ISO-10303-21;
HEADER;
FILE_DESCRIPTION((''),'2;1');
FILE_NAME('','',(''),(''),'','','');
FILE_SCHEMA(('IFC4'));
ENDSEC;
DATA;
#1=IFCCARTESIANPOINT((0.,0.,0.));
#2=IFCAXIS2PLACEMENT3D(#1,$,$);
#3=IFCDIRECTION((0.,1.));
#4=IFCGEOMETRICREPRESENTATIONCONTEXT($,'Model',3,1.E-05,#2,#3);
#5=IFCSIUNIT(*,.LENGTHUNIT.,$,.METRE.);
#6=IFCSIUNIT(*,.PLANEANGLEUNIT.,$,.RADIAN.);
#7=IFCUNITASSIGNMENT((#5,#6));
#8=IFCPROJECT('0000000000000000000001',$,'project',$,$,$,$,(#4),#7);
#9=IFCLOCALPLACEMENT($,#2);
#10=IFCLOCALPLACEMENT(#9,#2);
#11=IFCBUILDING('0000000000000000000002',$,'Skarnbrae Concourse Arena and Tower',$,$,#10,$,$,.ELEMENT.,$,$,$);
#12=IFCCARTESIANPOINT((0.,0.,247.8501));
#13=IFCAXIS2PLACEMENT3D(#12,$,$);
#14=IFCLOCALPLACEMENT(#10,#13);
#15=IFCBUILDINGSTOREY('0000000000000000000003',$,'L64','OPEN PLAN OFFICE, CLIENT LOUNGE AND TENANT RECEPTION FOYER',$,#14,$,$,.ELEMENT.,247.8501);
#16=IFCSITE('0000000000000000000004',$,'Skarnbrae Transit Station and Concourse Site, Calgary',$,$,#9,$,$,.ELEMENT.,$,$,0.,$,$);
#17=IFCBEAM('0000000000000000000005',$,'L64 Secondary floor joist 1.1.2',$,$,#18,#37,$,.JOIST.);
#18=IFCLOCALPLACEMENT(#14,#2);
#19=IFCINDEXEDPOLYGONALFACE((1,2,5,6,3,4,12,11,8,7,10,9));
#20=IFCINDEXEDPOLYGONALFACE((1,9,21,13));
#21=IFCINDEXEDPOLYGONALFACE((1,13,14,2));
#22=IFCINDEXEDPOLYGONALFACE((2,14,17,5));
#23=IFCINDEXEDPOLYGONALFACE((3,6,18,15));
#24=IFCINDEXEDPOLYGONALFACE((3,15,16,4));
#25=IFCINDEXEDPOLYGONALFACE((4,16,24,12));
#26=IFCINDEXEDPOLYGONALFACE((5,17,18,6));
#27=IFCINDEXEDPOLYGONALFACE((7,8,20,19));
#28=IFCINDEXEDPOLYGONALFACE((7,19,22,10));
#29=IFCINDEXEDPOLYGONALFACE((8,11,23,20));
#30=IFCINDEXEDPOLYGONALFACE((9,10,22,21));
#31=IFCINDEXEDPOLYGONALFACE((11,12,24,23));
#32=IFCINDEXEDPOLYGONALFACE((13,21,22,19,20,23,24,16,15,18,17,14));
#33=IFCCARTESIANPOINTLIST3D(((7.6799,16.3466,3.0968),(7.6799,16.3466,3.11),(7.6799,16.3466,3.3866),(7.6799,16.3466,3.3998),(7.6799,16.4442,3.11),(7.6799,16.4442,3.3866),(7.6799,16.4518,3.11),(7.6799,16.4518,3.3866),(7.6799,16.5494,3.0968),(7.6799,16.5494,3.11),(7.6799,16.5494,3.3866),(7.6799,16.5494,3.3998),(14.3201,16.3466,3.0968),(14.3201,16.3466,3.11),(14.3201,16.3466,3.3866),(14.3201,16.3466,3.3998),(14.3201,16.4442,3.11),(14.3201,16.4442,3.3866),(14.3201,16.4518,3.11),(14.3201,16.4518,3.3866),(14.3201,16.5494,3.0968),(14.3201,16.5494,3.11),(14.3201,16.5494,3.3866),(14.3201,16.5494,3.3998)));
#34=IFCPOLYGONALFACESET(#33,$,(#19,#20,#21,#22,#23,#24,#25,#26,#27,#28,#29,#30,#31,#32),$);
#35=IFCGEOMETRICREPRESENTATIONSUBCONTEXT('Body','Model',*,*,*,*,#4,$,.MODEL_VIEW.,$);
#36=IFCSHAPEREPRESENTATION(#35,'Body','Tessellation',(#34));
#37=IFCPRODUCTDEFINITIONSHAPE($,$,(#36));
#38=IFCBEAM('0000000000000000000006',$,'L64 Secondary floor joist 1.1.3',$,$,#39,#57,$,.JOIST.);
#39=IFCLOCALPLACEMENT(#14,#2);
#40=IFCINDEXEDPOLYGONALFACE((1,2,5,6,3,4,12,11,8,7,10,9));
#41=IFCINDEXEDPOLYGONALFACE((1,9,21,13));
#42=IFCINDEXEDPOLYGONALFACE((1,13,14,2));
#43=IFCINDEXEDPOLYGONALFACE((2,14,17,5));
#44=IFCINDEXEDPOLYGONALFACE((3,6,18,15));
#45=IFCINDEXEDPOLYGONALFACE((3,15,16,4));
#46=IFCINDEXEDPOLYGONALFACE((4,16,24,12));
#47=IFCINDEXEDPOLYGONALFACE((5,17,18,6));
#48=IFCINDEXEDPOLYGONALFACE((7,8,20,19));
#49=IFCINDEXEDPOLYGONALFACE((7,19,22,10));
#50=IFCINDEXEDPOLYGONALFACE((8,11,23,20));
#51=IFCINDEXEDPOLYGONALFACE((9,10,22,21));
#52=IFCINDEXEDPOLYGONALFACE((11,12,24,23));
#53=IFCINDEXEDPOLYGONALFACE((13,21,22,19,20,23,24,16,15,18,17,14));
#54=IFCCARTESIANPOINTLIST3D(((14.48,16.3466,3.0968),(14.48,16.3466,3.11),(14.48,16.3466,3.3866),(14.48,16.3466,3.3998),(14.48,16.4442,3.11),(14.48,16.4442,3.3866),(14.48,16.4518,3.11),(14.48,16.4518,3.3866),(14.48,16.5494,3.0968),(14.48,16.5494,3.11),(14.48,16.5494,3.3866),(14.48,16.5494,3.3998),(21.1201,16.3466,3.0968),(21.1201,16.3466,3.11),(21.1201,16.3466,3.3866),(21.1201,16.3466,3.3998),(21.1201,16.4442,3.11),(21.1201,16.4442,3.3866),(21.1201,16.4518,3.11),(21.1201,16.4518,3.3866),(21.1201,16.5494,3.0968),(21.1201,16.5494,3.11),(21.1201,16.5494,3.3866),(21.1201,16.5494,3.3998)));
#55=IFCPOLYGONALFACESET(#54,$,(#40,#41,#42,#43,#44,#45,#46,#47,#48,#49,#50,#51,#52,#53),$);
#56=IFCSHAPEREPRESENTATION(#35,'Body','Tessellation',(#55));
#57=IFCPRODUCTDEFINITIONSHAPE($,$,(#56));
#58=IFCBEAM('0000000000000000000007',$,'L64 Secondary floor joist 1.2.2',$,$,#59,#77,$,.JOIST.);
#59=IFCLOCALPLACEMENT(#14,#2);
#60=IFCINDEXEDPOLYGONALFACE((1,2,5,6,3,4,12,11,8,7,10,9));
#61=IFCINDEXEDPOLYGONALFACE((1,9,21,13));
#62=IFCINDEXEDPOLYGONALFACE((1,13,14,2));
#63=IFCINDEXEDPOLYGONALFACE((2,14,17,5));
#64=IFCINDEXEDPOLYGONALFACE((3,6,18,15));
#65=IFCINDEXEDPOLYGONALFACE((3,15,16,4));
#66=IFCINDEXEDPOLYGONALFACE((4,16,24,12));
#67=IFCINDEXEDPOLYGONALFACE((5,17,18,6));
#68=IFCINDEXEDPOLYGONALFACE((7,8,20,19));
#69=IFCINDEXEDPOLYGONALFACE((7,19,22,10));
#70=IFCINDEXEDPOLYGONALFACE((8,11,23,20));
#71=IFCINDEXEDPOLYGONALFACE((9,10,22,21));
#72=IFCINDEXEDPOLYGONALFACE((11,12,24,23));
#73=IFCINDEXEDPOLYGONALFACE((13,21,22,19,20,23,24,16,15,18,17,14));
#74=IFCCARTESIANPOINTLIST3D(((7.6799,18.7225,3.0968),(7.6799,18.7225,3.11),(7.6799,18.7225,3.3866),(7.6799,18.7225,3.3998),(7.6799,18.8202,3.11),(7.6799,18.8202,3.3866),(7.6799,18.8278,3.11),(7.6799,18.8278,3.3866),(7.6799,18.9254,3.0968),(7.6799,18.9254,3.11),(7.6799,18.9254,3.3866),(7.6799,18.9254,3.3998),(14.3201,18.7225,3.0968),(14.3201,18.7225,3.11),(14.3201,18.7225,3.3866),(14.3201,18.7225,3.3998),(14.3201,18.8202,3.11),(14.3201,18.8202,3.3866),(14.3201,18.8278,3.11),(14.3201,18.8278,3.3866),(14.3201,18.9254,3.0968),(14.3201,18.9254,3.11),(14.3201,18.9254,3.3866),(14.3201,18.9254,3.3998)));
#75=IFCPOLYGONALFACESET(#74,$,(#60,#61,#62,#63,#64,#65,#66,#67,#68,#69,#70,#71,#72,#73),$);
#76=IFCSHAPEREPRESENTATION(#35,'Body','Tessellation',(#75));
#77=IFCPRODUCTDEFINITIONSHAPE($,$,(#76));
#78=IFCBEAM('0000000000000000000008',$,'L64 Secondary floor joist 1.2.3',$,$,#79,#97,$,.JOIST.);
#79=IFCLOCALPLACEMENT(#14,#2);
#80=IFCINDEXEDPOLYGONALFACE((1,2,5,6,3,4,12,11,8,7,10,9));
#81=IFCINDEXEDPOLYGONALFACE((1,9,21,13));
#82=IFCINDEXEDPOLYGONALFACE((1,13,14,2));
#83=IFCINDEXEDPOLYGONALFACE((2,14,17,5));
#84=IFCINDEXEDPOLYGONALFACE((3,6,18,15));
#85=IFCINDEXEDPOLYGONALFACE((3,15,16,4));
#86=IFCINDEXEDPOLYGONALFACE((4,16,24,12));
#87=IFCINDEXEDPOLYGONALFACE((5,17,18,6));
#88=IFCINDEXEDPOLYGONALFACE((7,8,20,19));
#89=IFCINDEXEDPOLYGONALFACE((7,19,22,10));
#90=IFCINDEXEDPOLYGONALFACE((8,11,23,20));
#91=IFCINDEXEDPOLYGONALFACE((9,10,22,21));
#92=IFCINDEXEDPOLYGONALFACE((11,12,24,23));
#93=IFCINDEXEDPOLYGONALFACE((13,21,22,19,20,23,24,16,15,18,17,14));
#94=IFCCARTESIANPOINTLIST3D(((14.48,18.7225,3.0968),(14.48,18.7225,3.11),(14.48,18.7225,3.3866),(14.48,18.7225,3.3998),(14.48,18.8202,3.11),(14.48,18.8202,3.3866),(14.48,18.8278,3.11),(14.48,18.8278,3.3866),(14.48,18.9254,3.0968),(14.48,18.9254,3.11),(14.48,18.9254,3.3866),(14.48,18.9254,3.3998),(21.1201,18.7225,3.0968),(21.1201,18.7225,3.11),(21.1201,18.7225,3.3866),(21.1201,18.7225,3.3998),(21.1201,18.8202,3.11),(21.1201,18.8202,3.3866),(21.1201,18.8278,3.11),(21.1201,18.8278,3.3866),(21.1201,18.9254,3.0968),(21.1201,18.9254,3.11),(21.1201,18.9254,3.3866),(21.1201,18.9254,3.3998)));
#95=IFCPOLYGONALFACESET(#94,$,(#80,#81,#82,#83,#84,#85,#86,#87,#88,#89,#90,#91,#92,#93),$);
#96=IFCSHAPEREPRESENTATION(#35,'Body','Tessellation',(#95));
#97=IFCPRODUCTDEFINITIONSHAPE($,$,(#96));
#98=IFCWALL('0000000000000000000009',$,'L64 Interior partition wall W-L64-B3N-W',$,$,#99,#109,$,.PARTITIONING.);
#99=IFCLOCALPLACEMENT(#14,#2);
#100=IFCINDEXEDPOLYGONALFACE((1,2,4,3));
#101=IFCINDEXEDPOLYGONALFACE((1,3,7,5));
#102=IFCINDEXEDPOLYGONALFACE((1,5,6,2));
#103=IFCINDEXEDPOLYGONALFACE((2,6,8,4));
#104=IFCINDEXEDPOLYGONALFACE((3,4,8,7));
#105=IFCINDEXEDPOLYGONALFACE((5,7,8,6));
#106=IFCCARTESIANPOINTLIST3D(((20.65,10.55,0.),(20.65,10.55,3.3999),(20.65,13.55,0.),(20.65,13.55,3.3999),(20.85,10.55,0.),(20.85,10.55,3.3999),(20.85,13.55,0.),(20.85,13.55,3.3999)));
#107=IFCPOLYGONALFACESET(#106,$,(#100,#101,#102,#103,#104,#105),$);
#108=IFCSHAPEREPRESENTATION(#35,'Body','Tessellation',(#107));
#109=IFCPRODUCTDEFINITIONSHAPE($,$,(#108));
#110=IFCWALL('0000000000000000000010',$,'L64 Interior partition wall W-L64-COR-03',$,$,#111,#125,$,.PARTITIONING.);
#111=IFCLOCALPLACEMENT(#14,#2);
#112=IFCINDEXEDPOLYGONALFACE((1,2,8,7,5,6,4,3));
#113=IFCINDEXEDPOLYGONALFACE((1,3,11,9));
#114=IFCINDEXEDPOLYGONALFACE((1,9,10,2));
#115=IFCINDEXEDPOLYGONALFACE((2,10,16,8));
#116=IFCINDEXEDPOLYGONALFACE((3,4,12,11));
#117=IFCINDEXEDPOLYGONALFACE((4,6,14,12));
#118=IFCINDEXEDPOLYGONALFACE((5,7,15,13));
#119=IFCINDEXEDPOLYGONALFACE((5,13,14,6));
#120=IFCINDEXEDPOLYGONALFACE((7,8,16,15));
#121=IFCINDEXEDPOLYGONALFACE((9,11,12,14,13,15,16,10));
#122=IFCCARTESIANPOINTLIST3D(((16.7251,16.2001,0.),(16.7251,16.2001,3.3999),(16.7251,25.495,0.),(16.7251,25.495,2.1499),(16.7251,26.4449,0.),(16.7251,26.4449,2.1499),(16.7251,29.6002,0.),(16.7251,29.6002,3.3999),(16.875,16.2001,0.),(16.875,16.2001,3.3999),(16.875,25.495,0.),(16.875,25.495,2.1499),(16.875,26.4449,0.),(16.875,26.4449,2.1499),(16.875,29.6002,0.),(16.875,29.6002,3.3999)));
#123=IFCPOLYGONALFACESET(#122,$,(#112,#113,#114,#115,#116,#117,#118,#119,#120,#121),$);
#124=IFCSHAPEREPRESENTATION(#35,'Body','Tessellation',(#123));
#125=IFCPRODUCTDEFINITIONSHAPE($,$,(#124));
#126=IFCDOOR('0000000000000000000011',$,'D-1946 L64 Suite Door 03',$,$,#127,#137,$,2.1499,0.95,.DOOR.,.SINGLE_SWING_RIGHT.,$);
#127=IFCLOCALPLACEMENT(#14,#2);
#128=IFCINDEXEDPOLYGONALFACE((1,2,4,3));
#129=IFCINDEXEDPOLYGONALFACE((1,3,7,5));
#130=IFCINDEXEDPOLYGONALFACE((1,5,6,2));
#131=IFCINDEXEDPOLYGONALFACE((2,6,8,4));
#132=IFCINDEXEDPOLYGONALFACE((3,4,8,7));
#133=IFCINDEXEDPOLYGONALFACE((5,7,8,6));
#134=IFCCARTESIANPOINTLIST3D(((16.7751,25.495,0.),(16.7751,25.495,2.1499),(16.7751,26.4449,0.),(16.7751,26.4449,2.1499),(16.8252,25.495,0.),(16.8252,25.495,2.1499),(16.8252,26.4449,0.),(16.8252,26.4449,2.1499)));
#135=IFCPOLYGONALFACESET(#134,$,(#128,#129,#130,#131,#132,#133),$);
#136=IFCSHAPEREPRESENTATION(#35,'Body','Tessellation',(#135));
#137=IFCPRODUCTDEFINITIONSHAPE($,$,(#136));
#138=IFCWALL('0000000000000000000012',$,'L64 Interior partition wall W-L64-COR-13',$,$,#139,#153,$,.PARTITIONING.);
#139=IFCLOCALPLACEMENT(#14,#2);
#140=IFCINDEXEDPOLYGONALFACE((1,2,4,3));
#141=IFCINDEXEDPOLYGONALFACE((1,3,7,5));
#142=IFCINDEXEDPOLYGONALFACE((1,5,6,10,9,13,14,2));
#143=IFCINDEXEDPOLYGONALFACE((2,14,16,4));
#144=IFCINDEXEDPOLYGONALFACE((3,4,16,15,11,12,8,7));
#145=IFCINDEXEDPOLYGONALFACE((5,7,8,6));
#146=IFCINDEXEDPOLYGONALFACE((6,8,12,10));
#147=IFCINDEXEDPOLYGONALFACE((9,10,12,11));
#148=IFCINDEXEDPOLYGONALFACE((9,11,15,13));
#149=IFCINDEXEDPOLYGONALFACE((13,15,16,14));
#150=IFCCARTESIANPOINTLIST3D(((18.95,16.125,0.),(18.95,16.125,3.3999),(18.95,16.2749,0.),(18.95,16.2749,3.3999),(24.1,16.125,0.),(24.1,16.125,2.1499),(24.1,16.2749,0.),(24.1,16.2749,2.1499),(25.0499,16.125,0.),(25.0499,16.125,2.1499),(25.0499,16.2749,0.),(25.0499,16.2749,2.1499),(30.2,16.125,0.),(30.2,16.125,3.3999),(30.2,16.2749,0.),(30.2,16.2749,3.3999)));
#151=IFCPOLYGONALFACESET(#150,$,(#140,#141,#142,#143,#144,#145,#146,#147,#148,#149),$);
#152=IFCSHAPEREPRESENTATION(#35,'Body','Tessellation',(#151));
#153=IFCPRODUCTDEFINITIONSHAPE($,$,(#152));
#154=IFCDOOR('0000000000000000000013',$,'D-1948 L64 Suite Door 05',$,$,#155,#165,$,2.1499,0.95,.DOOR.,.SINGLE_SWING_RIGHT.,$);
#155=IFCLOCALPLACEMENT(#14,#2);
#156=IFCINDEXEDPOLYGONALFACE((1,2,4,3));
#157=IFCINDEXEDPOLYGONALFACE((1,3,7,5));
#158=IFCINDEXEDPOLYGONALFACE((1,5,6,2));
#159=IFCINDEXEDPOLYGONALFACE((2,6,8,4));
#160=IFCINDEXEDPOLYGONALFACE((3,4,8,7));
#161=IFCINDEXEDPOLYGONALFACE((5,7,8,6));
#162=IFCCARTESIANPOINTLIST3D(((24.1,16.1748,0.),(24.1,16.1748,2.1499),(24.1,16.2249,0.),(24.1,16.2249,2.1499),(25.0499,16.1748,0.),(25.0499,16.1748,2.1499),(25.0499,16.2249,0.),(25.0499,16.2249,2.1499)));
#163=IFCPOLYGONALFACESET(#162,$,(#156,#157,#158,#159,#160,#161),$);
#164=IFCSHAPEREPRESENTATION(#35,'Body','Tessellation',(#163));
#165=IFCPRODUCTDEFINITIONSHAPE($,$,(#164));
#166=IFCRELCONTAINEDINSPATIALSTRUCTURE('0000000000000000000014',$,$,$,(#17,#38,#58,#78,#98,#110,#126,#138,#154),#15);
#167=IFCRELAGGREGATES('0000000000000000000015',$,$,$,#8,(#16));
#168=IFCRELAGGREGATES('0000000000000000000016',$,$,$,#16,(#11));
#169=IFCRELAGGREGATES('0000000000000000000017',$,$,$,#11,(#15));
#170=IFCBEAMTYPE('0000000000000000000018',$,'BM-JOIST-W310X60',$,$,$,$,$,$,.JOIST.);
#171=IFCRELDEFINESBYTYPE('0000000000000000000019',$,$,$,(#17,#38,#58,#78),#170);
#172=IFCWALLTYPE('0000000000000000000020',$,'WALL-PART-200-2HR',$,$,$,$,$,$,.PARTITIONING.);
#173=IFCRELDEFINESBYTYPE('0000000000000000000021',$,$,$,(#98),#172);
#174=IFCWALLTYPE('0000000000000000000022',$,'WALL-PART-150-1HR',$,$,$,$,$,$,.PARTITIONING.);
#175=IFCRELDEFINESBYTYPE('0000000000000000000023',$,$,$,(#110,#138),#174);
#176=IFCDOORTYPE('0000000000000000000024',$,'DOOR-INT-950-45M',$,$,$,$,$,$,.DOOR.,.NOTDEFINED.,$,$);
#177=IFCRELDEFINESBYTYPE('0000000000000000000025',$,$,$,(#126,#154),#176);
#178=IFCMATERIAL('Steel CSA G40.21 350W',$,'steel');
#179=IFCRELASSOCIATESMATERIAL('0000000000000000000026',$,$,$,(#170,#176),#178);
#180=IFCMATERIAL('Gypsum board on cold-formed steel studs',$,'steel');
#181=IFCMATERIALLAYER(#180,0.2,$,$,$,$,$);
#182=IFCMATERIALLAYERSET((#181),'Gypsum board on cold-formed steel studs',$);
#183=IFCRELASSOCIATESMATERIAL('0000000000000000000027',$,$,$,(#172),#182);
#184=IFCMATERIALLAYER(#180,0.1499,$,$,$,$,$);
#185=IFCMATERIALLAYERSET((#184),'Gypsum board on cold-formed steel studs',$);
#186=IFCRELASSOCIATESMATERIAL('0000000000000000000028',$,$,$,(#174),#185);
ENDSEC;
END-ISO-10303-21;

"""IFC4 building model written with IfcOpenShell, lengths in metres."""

from ifc_helpers import new_model, si_unit, direction, frame, frame_2d, origin, origin_2d, place, context, subcontext, project, spatial, rectangle, i_section, extrude, source, transform, mapped, material, layer, layer_set, material_profile, profile_set, type_object, element, fill, save


model = new_model("IFC4")

# Units and contexts
model_context = context("Model", 3, precision=1e-05, world=origin(), true_north=direction((0.0, 1.0)))
body_context = subcontext(model_context, "Body", "Model", "MODEL_VIEW")
ifc_project = project(units=[si_unit("LENGTHUNIT", "METRE"), si_unit("PLANEANGLEUNIT", "RADIAN")], contexts=[model_context])

# Site, building, storey
site_placement = place(None, origin())
site = spatial("IfcSite", under=ifc_project, at=site_placement, Name="Skarnbrae Transit Station and Concourse Site, Calgary", CompositionType="ELEMENT", RefElevation=0.0)
building_placement = place(site_placement, origin())
building = spatial("IfcBuilding", under=site, at=building_placement, Name="Skarnbrae Concourse Arena and Tower", CompositionType="ELEMENT")
storey_placement = place(building_placement, frame((0.0, 0.0, 247.8501)))
storey = spatial("IfcBuildingStorey", under=building, at=storey_placement, Name="L64", Description="OPEN PLAN OFFICE, CLIENT LOUNGE AND TENANT RECEPTION FOYER", CompositionType="ELEMENT", Elevation=247.8501)

# Shared definitions
ifc_material_1 = material(Name="Steel CSA G40.21 350W", Category="steel")

# Beams
ifc_material_profile_1 = material_profile(ifc_material_1, i_section(OverallWidth=0.2029, OverallDepth=0.303, WebThickness=0.0076, FlangeThickness=0.0132, at=origin_2d()), Name="W310X60")
ifc_profile_set_1 = profile_set([ifc_material_profile_1], Name="Steel CSA G40.21 350W")
beam_type_1 = type_object("IfcBeamType", Name="BM-JOIST-W310X60", PredefinedType="JOIST", material=ifc_profile_set_1)
shared_shape_1 = source(origin(), body_context, "Body", "SweptSolid", [
    extrude(i_section(OverallWidth=0.2029, OverallDepth=0.303, WebThickness=0.0076, FlangeThickness=0.0132, at=origin_2d()), origin(), (0.0, 0.0, 1.0), 6.6401),
])
for number, where, z_axis, x_axis, name in (
    (1, (7.6799, 16.448, 3.2483), (1.0, 0.0, 0.0), (0.0, 1.0, 0.0), "L64 Secondary floor joist 1.1.2"),
    (2, (14.48, 16.448, 3.2483), (1.0, 0.0, 0.0), (0.0, 1.0, 0.0), "L64 Secondary floor joist 1.1.3"),
    (3, (7.6799, 18.824, 3.2483), (1.0, 0.0, 0.0), (0.0, 1.0, 0.0), "L64 Secondary floor joist 1.2.2"),
    (4, (14.48, 18.824, 3.2483), (1.0, 0.0, 0.0), (0.0, 1.0, 0.0), "L64 Secondary floor joist 1.2.3"),
):
    element("IfcBeam", number, at=place(storey_placement, frame(where, z_axis=z_axis, x_axis=x_axis)), inside=storey, type_object=beam_type_1, Name=name, PredefinedType="JOIST", context=body_context, shape_type="MappedRepresentation", body=[
        mapped(shared_shape_1, transform((0.0, 0.0, 0.0))),
    ])

# Shared definitions
ifc_material_2 = material(Name="Gypsum board on cold-formed steel studs", Category="steel")
ifc_layer_1 = layer(ifc_material_2, 0.2)
ifc_layer_set_1 = layer_set([ifc_layer_1], Name="Gypsum board on cold-formed steel studs")
wall_type_1 = type_object("IfcWallType", Name="WALL-PART-200-2HR", PredefinedType="PARTITIONING", material=ifc_layer_set_1)

# Wall
shared_shape_2 = source(origin(), body_context, "Body", "SweptSolid", [
    extrude(rectangle(XDim=3.0, YDim=0.2, at=frame_2d((1.5, 0.0))), origin(), (0.0, 0.0, 1.0), 3.3999),
])
wall_1_placement = place(storey_placement, frame((20.75, 10.55, 0.0), z_axis=(0.0, 0.0, 1.0), x_axis=(0.0, 1.0, 0.0)))
element("IfcWall", 5, at=wall_1_placement, inside=storey, type_object=wall_type_1, Name="L64 Interior partition wall W-L64-B3N-W", PredefinedType="PARTITIONING", context=body_context, shape_type="MappedRepresentation", body=[
    mapped(shared_shape_2, transform((0.0, 0.0, 0.0))),
])

# Walls, openings, doors
ifc_layer_2 = layer(ifc_material_2, 0.1499)
ifc_layer_set_2 = layer_set([ifc_layer_2], Name="Gypsum board on cold-formed steel studs")
wall_type_2 = type_object("IfcWallType", Name="WALL-PART-150-1HR", PredefinedType="PARTITIONING", material=ifc_layer_set_2)
shared_shape_3 = source(origin(), body_context, "Body", "SweptSolid", [
    extrude(rectangle(XDim=13.4001, YDim=0.1499, at=frame_2d((6.7002, 0.0))), origin(), (0.0, 0.0, 1.0), 3.3999),
])
wall_2_placement = place(storey_placement, frame((16.8, 16.2, 0.0), z_axis=(0.0, 0.0, 1.0), x_axis=(0.0, 1.0, 0.0)))
wall_2 = element("IfcWall", 6, at=wall_2_placement, inside=storey, type_object=wall_type_2, Name="L64 Interior partition wall W-L64-COR-03", PredefinedType="PARTITIONING", context=body_context, shape_type="MappedRepresentation", body=[
    mapped(shared_shape_3, transform((0.0, 0.0, 0.0))),
])
opening_1_placement = place(wall_2_placement, frame((9.2949, 0.0, 0.0)))
opening_1 = element("IfcOpeningElement", 7, at=opening_1_placement, cuts=wall_2, PredefinedType="OPENING", context=body_context, shape_type="SweptSolid", body=[
    extrude(rectangle(XDim=0.95, YDim=2.1499, at=frame_2d((0.4751, 1.075))), frame((0.0, 0.085, 0.0), z_axis=(0.0, -1.0, 0.0), x_axis=(1.0, 0.0, 0.0)), (0.0, 0.0, 1.0), 0.1699),
])
door_type_1 = type_object("IfcDoorType", Name="DOOR-INT-950-45M", OperationType="NOTDEFINED", PredefinedType="DOOR", material=ifc_material_1)
shared_shape_4 = source(origin(), body_context, "Body", "SweptSolid", [
    extrude(rectangle(XDim=0.95, YDim=2.1499, at=frame_2d((0.4751, 1.075))), frame((0.0, 0.0249, 0.0), z_axis=(0.0, -1.0, 0.0), x_axis=(1.0, 0.0, 0.0)), (0.0, 0.0, 1.0), 0.05),
])
door_1_placement = place(opening_1_placement, origin())
door_1 = element("IfcDoor", 8, at=door_1_placement, inside=storey, type_object=door_type_1, Name="D-1946 L64 Suite Door 03", OperationType="SINGLE_SWING_RIGHT", OverallHeight=2.1499, OverallWidth=0.95, PredefinedType="DOOR", context=body_context, shape_type="MappedRepresentation", body=[
    mapped(shared_shape_4, transform((0.0, 0.0, 0.0))),
])
fill(opening_1, door_1)
shared_shape_5 = source(origin(), body_context, "Body", "SweptSolid", [
    extrude(rectangle(XDim=11.25, YDim=0.1499, at=frame_2d((5.625, 0.0))), origin(), (0.0, 0.0, 1.0), 3.3999),
])
wall_3_placement = place(storey_placement, frame((18.95, 16.2, 0.0), z_axis=(0.0, 0.0, 1.0), x_axis=(1.0, 0.0, 0.0)))
wall_3 = element("IfcWall", 9, at=wall_3_placement, inside=storey, type_object=wall_type_2, Name="L64 Interior partition wall W-L64-COR-13", PredefinedType="PARTITIONING", context=body_context, shape_type="MappedRepresentation", body=[
    mapped(shared_shape_5, transform((0.0, 0.0, 0.0))),
])
opening_2_placement = place(wall_3_placement, frame((5.1499, 0.0, 0.0)))
opening_2 = element("IfcOpeningElement", 10, at=opening_2_placement, cuts=wall_3, PredefinedType="OPENING", context=body_context, shape_type="SweptSolid", body=[
    extrude(rectangle(XDim=0.95, YDim=2.1499, at=frame_2d((0.4751, 1.075))), frame((0.0, 0.085, 0.0), z_axis=(0.0, -1.0, 0.0), x_axis=(1.0, 0.0, 0.0)), (0.0, 0.0, 1.0), 0.1699),
])
door_2_placement = place(opening_2_placement, origin())
door_2 = element("IfcDoor", 11, at=door_2_placement, inside=storey, type_object=door_type_1, Name="D-1948 L64 Suite Door 05", OperationType="SINGLE_SWING_RIGHT", OverallHeight=2.1499, OverallWidth=0.95, PredefinedType="DOOR", context=body_context, shape_type="MappedRepresentation", body=[
    mapped(shared_shape_4, transform((0.0, 0.0, 0.0))),
])
fill(opening_2, door_2)

save(model, "model.ifc")
